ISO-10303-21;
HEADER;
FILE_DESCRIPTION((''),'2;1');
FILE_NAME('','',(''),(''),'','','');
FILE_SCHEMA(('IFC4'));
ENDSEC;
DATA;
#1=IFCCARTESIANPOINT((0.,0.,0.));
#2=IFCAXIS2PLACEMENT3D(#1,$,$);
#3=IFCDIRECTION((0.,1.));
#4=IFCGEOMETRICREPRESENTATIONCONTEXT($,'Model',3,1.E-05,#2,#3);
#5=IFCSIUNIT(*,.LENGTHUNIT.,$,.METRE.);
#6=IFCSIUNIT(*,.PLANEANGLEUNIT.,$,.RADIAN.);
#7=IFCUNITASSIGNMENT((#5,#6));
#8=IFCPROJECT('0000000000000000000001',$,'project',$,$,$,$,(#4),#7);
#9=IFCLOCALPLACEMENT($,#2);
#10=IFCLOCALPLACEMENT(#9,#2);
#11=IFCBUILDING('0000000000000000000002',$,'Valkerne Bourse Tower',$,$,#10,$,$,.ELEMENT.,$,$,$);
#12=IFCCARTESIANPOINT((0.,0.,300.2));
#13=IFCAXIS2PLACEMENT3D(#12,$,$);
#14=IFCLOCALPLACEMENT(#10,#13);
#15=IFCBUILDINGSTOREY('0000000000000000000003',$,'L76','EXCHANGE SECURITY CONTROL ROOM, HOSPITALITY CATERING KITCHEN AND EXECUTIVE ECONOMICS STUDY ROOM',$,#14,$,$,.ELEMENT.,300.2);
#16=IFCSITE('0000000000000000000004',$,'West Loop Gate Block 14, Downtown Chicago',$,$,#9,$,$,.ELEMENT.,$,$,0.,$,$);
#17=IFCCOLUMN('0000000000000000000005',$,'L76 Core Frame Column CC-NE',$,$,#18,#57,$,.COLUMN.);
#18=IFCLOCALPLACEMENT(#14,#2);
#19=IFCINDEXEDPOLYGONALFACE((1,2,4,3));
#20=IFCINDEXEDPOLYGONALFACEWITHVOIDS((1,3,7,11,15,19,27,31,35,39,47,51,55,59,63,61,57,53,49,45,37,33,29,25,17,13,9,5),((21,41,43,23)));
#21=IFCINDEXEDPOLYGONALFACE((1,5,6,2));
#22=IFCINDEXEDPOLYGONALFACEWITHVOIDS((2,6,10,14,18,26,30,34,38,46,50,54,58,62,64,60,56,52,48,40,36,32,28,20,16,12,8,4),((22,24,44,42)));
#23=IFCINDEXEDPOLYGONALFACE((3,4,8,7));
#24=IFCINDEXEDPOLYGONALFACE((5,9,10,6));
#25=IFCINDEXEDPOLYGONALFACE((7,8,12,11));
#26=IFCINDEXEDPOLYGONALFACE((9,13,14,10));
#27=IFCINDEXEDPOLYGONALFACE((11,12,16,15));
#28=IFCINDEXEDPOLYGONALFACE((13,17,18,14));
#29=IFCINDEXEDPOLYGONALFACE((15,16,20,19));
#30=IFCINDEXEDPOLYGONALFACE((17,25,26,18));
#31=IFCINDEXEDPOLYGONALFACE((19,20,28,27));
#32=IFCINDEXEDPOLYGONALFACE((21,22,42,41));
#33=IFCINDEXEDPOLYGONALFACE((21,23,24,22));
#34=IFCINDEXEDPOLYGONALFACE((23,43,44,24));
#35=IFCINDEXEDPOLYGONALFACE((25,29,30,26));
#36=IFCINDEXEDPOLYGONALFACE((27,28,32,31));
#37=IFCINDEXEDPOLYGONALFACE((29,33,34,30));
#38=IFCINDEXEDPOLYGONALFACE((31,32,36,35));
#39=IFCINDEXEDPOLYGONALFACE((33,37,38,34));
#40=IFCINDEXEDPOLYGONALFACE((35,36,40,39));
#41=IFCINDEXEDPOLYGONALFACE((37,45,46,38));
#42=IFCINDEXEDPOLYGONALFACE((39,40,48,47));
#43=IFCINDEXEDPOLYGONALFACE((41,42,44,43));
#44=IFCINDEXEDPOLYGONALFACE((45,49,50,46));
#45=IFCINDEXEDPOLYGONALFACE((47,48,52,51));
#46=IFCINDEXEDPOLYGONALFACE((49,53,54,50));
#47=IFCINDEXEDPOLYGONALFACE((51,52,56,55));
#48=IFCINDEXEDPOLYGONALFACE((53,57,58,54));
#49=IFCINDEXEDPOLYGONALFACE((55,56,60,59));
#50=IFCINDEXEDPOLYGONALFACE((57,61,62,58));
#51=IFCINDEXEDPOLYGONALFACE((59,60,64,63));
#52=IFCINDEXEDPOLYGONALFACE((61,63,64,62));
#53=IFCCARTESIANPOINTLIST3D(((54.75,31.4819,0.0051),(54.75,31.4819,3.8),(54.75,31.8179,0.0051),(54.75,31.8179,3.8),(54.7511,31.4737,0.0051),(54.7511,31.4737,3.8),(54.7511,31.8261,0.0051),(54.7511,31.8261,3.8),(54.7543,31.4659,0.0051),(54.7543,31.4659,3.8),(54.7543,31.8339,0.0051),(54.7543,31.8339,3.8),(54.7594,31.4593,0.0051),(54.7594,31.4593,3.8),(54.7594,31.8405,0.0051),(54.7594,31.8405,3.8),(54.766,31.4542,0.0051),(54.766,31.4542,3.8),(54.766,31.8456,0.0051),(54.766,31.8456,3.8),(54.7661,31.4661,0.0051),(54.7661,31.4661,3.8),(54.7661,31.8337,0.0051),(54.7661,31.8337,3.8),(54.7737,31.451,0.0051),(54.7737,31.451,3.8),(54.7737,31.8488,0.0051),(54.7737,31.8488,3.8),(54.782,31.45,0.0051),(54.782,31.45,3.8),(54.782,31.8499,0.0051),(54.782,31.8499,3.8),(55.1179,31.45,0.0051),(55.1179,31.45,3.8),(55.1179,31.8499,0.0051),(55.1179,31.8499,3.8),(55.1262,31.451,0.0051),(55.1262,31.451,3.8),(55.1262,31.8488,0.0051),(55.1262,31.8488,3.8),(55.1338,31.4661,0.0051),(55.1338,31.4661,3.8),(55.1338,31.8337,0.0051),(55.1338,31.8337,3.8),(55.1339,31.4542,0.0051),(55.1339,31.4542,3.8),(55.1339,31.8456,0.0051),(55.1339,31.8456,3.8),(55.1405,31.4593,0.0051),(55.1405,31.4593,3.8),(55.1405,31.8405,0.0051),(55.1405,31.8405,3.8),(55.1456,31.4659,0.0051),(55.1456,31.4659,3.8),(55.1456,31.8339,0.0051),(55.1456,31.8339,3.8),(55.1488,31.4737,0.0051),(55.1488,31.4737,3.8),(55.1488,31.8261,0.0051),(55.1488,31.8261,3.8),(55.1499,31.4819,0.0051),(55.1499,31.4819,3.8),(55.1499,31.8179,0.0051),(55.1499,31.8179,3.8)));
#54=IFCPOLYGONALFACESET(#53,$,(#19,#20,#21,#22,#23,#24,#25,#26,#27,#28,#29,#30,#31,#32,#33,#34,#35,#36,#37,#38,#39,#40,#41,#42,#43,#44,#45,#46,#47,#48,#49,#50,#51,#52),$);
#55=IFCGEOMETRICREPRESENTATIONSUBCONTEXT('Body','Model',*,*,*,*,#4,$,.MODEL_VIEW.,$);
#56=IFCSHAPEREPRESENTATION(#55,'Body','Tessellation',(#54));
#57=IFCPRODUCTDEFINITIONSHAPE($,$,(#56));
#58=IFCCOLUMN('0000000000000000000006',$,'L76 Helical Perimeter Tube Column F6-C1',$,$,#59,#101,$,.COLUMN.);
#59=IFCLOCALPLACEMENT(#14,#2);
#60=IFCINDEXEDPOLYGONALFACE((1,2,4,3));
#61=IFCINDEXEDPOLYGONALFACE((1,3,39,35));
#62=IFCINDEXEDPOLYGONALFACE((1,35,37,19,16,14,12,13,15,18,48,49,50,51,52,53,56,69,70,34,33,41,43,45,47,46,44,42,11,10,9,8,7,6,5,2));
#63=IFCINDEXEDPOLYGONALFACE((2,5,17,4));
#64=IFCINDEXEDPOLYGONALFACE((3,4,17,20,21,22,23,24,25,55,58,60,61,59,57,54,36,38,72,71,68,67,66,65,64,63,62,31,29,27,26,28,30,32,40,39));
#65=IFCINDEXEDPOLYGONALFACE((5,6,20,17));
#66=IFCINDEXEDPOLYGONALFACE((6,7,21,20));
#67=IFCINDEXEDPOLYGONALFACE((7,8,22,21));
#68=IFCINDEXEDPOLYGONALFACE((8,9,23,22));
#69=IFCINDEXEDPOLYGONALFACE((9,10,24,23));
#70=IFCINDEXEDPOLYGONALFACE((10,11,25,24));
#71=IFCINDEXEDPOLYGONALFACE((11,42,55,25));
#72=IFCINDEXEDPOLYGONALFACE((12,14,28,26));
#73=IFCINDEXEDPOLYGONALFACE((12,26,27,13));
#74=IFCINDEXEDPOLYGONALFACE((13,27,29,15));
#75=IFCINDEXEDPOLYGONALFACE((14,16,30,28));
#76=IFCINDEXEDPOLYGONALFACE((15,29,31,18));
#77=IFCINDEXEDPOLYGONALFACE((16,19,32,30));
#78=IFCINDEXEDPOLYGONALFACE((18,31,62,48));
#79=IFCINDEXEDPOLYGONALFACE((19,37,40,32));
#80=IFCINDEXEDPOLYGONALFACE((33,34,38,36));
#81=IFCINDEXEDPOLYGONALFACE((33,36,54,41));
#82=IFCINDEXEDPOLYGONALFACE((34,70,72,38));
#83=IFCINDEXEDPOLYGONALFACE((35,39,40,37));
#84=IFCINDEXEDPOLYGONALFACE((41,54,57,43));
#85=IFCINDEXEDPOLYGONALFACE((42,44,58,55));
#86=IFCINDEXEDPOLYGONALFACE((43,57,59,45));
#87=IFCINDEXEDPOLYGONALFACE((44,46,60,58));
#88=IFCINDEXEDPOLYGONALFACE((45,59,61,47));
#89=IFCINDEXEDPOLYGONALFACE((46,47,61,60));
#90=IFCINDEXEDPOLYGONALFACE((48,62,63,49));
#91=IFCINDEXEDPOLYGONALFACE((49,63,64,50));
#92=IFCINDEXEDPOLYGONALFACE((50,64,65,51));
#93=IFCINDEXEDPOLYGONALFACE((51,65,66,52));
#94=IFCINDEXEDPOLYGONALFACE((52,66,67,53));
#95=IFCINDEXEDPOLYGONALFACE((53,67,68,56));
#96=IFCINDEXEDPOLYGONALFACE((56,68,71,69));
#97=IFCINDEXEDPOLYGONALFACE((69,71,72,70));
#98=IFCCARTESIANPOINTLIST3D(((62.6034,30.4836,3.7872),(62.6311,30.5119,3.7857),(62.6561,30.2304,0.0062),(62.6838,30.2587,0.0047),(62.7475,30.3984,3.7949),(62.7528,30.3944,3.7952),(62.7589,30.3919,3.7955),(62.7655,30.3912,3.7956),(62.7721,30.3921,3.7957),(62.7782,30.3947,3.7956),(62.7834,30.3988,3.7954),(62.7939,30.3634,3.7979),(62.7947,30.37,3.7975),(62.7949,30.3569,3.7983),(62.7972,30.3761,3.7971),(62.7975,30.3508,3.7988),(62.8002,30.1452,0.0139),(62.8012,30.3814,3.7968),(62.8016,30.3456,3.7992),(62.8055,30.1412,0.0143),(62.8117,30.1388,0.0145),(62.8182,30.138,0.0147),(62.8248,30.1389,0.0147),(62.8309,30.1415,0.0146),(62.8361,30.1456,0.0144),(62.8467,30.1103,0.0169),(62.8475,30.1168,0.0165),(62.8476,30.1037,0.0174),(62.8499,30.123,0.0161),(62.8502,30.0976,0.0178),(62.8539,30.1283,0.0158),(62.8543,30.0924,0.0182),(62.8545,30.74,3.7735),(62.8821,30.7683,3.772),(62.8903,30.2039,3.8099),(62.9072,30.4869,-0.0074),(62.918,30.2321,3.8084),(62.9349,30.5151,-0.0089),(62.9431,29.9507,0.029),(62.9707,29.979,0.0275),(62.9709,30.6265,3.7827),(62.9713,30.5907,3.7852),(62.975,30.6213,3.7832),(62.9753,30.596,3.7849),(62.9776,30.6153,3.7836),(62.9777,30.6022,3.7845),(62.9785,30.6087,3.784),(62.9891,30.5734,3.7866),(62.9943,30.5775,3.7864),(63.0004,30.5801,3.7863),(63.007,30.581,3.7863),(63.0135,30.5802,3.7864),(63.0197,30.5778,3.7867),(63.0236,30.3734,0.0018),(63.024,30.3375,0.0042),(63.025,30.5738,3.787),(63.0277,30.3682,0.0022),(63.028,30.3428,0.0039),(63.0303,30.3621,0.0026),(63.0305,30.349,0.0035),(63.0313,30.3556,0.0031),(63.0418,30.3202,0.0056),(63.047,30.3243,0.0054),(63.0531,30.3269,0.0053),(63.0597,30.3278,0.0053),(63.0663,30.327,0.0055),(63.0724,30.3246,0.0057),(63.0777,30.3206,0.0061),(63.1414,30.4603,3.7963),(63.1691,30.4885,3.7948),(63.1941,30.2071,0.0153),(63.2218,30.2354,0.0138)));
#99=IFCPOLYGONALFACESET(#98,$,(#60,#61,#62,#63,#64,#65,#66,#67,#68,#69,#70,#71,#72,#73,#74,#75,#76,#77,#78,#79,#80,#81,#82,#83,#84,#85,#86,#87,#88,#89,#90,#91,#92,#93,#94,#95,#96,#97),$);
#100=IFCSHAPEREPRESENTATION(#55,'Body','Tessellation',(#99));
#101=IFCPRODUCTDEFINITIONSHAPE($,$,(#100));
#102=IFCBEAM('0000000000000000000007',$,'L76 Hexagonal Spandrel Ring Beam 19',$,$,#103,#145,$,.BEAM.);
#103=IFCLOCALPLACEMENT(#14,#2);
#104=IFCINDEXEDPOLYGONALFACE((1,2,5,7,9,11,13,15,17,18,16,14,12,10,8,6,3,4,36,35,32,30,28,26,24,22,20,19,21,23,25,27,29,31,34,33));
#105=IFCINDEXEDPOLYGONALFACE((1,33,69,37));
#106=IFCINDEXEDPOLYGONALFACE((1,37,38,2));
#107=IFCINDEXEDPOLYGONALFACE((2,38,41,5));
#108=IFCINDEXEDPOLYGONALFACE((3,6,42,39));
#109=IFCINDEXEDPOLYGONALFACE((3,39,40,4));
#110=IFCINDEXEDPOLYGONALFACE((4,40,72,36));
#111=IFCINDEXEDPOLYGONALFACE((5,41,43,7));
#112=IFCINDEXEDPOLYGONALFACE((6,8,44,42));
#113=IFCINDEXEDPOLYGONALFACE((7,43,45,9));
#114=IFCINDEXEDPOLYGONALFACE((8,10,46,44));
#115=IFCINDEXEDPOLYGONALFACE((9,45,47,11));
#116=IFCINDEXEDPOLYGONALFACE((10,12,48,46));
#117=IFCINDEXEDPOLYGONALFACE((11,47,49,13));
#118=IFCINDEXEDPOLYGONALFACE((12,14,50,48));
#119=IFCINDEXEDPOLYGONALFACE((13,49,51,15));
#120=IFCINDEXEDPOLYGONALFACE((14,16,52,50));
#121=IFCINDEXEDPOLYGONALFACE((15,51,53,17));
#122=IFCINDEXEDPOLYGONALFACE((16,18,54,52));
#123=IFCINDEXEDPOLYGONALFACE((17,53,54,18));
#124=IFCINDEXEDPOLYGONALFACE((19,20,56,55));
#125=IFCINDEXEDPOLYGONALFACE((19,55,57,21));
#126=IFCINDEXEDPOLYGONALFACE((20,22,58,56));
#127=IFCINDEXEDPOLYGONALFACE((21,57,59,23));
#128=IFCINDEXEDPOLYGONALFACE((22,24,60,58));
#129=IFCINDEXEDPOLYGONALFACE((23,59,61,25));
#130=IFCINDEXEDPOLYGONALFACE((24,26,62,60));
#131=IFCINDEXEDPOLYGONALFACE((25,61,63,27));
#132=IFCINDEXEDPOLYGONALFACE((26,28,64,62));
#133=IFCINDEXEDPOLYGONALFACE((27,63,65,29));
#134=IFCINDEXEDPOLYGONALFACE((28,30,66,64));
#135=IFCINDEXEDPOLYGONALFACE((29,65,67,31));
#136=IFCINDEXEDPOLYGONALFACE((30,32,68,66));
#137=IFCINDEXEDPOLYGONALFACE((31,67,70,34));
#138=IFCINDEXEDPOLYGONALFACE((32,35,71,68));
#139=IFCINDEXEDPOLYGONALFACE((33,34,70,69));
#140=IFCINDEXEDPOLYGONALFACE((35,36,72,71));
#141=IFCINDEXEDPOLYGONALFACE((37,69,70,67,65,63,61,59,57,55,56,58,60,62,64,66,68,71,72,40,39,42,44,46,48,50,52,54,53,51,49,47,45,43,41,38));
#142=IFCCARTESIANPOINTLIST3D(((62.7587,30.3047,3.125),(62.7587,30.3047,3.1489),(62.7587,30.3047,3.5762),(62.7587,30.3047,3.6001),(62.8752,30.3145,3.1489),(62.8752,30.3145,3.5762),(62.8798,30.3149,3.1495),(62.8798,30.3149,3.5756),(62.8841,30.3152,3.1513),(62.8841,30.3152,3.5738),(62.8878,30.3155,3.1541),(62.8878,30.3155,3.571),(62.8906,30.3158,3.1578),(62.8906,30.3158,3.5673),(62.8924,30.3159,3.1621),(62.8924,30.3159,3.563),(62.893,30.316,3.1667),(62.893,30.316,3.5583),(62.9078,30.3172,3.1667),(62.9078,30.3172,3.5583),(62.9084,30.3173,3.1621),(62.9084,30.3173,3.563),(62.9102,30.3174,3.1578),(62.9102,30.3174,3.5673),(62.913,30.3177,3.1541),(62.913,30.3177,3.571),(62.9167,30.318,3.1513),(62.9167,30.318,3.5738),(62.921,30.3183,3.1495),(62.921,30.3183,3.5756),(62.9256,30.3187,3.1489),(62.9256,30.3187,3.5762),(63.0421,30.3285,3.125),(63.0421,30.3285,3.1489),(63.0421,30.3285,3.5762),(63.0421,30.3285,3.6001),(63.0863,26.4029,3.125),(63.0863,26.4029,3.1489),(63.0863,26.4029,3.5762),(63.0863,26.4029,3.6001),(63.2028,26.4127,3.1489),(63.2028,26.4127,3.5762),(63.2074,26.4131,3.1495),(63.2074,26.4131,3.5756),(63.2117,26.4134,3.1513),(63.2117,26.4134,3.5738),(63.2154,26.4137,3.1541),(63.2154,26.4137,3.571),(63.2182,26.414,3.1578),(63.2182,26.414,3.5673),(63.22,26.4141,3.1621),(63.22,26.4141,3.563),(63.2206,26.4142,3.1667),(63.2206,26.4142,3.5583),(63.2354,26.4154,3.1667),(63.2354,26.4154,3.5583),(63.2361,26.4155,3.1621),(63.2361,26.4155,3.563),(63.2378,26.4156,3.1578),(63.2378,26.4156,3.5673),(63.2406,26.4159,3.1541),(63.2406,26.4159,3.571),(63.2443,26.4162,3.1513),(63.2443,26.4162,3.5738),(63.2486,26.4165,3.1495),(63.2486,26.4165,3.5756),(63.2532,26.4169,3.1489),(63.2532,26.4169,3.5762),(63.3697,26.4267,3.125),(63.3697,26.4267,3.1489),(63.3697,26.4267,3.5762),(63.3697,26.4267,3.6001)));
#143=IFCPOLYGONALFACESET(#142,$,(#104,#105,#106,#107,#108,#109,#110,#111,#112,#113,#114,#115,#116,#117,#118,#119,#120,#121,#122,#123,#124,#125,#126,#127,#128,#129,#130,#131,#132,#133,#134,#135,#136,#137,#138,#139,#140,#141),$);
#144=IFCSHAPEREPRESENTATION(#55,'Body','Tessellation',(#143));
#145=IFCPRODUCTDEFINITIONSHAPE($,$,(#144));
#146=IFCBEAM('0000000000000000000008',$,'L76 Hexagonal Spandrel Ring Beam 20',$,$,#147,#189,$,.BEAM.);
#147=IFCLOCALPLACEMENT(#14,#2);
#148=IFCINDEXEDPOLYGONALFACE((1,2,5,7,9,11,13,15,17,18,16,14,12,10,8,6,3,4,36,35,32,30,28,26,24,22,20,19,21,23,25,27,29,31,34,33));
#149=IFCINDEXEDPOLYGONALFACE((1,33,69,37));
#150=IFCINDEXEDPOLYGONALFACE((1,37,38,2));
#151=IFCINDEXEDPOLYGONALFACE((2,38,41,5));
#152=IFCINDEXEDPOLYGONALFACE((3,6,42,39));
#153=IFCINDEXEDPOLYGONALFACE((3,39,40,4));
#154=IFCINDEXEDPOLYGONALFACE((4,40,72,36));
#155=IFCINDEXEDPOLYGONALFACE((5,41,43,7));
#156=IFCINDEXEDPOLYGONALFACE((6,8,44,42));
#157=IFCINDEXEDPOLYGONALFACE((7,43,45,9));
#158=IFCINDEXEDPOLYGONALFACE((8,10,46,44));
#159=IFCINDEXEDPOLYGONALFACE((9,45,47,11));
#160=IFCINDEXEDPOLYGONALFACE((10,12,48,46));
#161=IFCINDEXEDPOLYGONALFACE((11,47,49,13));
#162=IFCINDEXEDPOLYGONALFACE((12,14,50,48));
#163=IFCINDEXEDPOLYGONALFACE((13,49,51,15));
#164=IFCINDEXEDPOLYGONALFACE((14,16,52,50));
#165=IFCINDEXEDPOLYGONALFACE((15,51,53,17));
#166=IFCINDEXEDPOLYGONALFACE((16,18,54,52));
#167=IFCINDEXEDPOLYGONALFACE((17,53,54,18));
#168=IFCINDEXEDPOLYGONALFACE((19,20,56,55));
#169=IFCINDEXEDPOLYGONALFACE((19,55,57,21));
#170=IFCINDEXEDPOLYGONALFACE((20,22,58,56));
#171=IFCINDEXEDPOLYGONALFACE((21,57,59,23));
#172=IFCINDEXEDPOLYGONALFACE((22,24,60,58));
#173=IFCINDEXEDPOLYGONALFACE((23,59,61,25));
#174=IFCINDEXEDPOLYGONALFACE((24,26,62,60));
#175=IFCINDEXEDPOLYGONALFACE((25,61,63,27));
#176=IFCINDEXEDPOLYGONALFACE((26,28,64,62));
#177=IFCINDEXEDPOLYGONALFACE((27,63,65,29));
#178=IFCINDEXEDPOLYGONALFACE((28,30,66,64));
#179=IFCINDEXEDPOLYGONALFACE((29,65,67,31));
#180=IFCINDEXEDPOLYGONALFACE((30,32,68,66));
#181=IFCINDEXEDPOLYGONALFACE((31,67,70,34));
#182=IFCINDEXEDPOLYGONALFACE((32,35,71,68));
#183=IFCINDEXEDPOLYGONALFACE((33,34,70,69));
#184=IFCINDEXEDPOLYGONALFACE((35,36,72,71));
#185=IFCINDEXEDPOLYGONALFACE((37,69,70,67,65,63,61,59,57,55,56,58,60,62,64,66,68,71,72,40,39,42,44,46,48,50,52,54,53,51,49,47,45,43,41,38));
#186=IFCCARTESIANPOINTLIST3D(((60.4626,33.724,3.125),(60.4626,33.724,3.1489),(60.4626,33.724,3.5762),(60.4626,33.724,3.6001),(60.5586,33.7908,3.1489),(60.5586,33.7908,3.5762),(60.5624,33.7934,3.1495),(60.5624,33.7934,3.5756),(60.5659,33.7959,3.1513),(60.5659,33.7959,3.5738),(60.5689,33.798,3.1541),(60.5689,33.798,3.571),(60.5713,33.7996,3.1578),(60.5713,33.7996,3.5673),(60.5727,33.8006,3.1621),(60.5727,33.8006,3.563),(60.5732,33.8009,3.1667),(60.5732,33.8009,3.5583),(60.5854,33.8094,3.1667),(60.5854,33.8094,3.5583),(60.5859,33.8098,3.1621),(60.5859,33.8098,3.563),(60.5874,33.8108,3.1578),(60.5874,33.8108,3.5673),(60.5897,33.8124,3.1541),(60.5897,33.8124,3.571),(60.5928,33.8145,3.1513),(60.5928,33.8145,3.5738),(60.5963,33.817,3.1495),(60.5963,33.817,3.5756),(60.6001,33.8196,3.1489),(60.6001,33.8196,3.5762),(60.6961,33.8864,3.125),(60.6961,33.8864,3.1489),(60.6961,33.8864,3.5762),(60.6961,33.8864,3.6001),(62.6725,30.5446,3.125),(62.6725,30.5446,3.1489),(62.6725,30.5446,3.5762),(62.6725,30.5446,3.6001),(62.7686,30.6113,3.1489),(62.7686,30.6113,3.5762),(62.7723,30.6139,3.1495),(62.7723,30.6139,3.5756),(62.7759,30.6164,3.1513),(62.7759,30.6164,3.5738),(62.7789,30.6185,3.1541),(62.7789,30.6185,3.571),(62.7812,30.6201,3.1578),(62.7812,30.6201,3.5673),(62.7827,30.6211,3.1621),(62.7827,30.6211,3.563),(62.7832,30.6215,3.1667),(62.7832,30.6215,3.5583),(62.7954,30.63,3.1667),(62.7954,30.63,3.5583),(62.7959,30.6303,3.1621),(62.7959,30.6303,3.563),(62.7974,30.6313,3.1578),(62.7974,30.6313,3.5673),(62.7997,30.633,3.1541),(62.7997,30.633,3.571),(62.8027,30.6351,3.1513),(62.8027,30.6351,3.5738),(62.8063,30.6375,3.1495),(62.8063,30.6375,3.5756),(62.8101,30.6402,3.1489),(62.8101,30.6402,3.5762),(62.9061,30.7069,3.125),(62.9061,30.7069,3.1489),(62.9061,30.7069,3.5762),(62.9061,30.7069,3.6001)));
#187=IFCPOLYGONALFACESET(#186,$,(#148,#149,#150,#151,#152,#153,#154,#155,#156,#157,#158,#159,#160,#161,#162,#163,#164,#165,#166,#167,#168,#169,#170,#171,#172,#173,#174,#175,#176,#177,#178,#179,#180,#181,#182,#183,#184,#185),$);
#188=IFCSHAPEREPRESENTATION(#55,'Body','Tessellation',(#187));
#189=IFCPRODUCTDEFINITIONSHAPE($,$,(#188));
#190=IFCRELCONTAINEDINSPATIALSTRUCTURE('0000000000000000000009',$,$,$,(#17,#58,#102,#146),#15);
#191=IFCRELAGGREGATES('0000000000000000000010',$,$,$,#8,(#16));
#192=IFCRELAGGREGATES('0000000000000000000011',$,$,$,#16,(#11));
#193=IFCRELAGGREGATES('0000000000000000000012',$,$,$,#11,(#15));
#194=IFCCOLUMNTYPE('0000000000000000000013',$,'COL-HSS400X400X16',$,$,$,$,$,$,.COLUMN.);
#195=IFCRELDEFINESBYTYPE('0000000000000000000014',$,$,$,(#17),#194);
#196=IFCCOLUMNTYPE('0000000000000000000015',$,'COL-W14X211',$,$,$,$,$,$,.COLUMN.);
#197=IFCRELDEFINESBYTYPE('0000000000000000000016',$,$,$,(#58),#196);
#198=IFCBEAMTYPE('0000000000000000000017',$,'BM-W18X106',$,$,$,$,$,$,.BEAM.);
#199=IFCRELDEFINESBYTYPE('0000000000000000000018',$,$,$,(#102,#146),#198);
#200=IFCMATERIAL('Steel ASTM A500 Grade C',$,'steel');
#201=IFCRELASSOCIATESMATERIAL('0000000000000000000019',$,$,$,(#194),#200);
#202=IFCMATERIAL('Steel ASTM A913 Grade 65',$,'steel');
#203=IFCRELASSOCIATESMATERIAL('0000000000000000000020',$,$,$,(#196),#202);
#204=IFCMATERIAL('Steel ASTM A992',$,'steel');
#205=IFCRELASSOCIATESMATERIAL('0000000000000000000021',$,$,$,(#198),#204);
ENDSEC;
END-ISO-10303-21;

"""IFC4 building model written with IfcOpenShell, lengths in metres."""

from ifc_helpers import new_model, si_unit, direction, frame, origin, origin_2d, place, context, subcontext, project, spatial, hollow_rectangle, i_section, extrude, material, material_profile, profile_set, type_object, element, save


model = new_model("IFC4")

# Units and contexts
model_context = context("Model", 3, precision=1e-05, world=origin(), true_north=direction((0.0, 1.0)))
body_context = subcontext(model_context, "Body", "Model", "MODEL_VIEW")
ifc_project = project(units=[si_unit("LENGTHUNIT", "METRE"), si_unit("PLANEANGLEUNIT", "RADIAN")], contexts=[model_context])

# Site, building, storey
site_placement = place(None, origin())
site = spatial("IfcSite", under=ifc_project, at=site_placement, Name="West Loop Gate Block 14, Downtown Chicago", CompositionType="ELEMENT", RefElevation=0.0)
building_placement = place(site_placement, origin())
building = spatial("IfcBuilding", under=site, at=building_placement, Name="Valkerne Bourse Tower", CompositionType="ELEMENT")
storey_placement = place(building_placement, frame((0.0, 0.0, 300.2)))
storey = spatial("IfcBuildingStorey", under=building, at=storey_placement, Name="L76", Description="EXCHANGE SECURITY CONTROL ROOM, HOSPITALITY CATERING KITCHEN AND EXECUTIVE ECONOMICS STUDY ROOM", CompositionType="ELEMENT", Elevation=300.2)

# Columns
ifc_material_1 = material(Name="Steel ASTM A500 Grade C", Category="steel")
ifc_material_profile_1 = material_profile(ifc_material_1, hollow_rectangle(XDim=0.3999, YDim=0.3999, WallThickness=0.0161, OuterFilletRadius=0.032, at=origin_2d()), Name="HSS400X400X16")
ifc_profile_set_1 = profile_set([ifc_material_profile_1], Name="Steel ASTM A500 Grade C")
column_type_1 = type_object("IfcColumnType", Name="COL-HSS400X400X16", PredefinedType="COLUMN", material=ifc_profile_set_1)
column_1_placement = place(storey_placement, frame((54.95, 31.6499, 0.0051), z_axis=(0.0, 0.0, 1.0), x_axis=(1.0, 0.0, 0.0)))
element("IfcColumn", 1, at=column_1_placement, inside=storey, type_object=column_type_1, Name="L76 Core Frame Column CC-NE", PredefinedType="COLUMN", context=body_context, shape_type="SweptSolid", body=[
    extrude(hollow_rectangle(XDim=0.3999, YDim=0.3999, WallThickness=0.0161, OuterFilletRadius=0.032, at=origin_2d()), origin(), (0.0, 0.0, 1.0), 3.7949),
])
ifc_material_2 = material(Name="Steel ASTM A913 Grade 65", Category="steel")
ifc_material_profile_2 = material_profile(ifc_material_2, i_section(OverallWidth=0.4014, OverallDepth=0.3987, WebThickness=0.0249, FlangeThickness=0.0396, FilletRadius=0.0254, at=origin_2d()), Name="W14X211")
ifc_profile_set_2 = profile_set([ifc_material_profile_2], Name="Steel ASTM A913 Grade 65")
column_type_2 = type_object("IfcColumnType", Name="COL-W14X211", PredefinedType="COLUMN", material=ifc_profile_set_2)
column_2_placement = place(storey_placement, frame((62.939, 30.2329, 0.01), z_axis=(-0.013915, 0.066803, 0.997669), x_axis=(0.714885, -0.696945, 0.056638)))
element("IfcColumn", 2, at=column_2_placement, inside=storey, type_object=column_type_2, Name="L76 Helical Perimeter Tube Column F6-C1", PredefinedType="COLUMN", context=body_context, shape_type="SweptSolid", body=[
    extrude(i_section(OverallWidth=0.4014, OverallDepth=0.3987, WebThickness=0.0249, FlangeThickness=0.0396, FilletRadius=0.0254, at=origin_2d()), origin(), (0.0, 0.0, 1.0), 3.7898),
])

# Beams
ifc_material_3 = material(Name="Steel ASTM A992", Category="steel")
ifc_material_profile_3 = material_profile(ifc_material_3, i_section(OverallWidth=0.2844, OverallDepth=0.4751, WebThickness=0.0149, FlangeThickness=0.0239, FilletRadius=0.0178, at=origin_2d()), Name="W18X106")
ifc_profile_set_3 = profile_set([ifc_material_profile_3], Name="Steel ASTM A992")
beam_type_1 = type_object("IfcBeamType", Name="BM-W18X106", PredefinedType="BEAM", material=ifc_profile_set_3)
beam_1_placement = place(storey_placement, frame((63.228, 26.4148, 3.3625), z_axis=(-0.083675, 0.996493, 0.0), x_axis=(-0.996493, -0.083675, 0.0)))
element("IfcBeam", 3, at=beam_1_placement, inside=storey, type_object=beam_type_1, Name="L76 Hexagonal Spandrel Ring Beam 19", PredefinedType="BEAM", context=body_context, shape_type="SweptSolid", body=[
    extrude(i_section(OverallWidth=0.2844, OverallDepth=0.4751, WebThickness=0.0149, FlangeThickness=0.0239, FilletRadius=0.0178, at=origin_2d()), origin(), (0.0, 0.0, 1.0), 3.9155),
])
beam_2_placement = place(storey_placement, frame((62.7893, 30.6257, 3.3625), z_axis=(-0.570747, 0.821126, 0.0), x_axis=(-0.821126, -0.570747, 0.0)))
element("IfcBeam", 4, at=beam_2_placement, inside=storey, type_object=beam_type_1, Name="L76 Hexagonal Spandrel Ring Beam 20", PredefinedType="BEAM", context=body_context, shape_type="SweptSolid", body=[
    extrude(i_section(OverallWidth=0.2844, OverallDepth=0.4751, WebThickness=0.0149, FlangeThickness=0.0239, FilletRadius=0.0178, at=origin_2d()), origin(), (0.0, 0.0, 1.0), 3.8721),
])

save(model, "model.ifc")
